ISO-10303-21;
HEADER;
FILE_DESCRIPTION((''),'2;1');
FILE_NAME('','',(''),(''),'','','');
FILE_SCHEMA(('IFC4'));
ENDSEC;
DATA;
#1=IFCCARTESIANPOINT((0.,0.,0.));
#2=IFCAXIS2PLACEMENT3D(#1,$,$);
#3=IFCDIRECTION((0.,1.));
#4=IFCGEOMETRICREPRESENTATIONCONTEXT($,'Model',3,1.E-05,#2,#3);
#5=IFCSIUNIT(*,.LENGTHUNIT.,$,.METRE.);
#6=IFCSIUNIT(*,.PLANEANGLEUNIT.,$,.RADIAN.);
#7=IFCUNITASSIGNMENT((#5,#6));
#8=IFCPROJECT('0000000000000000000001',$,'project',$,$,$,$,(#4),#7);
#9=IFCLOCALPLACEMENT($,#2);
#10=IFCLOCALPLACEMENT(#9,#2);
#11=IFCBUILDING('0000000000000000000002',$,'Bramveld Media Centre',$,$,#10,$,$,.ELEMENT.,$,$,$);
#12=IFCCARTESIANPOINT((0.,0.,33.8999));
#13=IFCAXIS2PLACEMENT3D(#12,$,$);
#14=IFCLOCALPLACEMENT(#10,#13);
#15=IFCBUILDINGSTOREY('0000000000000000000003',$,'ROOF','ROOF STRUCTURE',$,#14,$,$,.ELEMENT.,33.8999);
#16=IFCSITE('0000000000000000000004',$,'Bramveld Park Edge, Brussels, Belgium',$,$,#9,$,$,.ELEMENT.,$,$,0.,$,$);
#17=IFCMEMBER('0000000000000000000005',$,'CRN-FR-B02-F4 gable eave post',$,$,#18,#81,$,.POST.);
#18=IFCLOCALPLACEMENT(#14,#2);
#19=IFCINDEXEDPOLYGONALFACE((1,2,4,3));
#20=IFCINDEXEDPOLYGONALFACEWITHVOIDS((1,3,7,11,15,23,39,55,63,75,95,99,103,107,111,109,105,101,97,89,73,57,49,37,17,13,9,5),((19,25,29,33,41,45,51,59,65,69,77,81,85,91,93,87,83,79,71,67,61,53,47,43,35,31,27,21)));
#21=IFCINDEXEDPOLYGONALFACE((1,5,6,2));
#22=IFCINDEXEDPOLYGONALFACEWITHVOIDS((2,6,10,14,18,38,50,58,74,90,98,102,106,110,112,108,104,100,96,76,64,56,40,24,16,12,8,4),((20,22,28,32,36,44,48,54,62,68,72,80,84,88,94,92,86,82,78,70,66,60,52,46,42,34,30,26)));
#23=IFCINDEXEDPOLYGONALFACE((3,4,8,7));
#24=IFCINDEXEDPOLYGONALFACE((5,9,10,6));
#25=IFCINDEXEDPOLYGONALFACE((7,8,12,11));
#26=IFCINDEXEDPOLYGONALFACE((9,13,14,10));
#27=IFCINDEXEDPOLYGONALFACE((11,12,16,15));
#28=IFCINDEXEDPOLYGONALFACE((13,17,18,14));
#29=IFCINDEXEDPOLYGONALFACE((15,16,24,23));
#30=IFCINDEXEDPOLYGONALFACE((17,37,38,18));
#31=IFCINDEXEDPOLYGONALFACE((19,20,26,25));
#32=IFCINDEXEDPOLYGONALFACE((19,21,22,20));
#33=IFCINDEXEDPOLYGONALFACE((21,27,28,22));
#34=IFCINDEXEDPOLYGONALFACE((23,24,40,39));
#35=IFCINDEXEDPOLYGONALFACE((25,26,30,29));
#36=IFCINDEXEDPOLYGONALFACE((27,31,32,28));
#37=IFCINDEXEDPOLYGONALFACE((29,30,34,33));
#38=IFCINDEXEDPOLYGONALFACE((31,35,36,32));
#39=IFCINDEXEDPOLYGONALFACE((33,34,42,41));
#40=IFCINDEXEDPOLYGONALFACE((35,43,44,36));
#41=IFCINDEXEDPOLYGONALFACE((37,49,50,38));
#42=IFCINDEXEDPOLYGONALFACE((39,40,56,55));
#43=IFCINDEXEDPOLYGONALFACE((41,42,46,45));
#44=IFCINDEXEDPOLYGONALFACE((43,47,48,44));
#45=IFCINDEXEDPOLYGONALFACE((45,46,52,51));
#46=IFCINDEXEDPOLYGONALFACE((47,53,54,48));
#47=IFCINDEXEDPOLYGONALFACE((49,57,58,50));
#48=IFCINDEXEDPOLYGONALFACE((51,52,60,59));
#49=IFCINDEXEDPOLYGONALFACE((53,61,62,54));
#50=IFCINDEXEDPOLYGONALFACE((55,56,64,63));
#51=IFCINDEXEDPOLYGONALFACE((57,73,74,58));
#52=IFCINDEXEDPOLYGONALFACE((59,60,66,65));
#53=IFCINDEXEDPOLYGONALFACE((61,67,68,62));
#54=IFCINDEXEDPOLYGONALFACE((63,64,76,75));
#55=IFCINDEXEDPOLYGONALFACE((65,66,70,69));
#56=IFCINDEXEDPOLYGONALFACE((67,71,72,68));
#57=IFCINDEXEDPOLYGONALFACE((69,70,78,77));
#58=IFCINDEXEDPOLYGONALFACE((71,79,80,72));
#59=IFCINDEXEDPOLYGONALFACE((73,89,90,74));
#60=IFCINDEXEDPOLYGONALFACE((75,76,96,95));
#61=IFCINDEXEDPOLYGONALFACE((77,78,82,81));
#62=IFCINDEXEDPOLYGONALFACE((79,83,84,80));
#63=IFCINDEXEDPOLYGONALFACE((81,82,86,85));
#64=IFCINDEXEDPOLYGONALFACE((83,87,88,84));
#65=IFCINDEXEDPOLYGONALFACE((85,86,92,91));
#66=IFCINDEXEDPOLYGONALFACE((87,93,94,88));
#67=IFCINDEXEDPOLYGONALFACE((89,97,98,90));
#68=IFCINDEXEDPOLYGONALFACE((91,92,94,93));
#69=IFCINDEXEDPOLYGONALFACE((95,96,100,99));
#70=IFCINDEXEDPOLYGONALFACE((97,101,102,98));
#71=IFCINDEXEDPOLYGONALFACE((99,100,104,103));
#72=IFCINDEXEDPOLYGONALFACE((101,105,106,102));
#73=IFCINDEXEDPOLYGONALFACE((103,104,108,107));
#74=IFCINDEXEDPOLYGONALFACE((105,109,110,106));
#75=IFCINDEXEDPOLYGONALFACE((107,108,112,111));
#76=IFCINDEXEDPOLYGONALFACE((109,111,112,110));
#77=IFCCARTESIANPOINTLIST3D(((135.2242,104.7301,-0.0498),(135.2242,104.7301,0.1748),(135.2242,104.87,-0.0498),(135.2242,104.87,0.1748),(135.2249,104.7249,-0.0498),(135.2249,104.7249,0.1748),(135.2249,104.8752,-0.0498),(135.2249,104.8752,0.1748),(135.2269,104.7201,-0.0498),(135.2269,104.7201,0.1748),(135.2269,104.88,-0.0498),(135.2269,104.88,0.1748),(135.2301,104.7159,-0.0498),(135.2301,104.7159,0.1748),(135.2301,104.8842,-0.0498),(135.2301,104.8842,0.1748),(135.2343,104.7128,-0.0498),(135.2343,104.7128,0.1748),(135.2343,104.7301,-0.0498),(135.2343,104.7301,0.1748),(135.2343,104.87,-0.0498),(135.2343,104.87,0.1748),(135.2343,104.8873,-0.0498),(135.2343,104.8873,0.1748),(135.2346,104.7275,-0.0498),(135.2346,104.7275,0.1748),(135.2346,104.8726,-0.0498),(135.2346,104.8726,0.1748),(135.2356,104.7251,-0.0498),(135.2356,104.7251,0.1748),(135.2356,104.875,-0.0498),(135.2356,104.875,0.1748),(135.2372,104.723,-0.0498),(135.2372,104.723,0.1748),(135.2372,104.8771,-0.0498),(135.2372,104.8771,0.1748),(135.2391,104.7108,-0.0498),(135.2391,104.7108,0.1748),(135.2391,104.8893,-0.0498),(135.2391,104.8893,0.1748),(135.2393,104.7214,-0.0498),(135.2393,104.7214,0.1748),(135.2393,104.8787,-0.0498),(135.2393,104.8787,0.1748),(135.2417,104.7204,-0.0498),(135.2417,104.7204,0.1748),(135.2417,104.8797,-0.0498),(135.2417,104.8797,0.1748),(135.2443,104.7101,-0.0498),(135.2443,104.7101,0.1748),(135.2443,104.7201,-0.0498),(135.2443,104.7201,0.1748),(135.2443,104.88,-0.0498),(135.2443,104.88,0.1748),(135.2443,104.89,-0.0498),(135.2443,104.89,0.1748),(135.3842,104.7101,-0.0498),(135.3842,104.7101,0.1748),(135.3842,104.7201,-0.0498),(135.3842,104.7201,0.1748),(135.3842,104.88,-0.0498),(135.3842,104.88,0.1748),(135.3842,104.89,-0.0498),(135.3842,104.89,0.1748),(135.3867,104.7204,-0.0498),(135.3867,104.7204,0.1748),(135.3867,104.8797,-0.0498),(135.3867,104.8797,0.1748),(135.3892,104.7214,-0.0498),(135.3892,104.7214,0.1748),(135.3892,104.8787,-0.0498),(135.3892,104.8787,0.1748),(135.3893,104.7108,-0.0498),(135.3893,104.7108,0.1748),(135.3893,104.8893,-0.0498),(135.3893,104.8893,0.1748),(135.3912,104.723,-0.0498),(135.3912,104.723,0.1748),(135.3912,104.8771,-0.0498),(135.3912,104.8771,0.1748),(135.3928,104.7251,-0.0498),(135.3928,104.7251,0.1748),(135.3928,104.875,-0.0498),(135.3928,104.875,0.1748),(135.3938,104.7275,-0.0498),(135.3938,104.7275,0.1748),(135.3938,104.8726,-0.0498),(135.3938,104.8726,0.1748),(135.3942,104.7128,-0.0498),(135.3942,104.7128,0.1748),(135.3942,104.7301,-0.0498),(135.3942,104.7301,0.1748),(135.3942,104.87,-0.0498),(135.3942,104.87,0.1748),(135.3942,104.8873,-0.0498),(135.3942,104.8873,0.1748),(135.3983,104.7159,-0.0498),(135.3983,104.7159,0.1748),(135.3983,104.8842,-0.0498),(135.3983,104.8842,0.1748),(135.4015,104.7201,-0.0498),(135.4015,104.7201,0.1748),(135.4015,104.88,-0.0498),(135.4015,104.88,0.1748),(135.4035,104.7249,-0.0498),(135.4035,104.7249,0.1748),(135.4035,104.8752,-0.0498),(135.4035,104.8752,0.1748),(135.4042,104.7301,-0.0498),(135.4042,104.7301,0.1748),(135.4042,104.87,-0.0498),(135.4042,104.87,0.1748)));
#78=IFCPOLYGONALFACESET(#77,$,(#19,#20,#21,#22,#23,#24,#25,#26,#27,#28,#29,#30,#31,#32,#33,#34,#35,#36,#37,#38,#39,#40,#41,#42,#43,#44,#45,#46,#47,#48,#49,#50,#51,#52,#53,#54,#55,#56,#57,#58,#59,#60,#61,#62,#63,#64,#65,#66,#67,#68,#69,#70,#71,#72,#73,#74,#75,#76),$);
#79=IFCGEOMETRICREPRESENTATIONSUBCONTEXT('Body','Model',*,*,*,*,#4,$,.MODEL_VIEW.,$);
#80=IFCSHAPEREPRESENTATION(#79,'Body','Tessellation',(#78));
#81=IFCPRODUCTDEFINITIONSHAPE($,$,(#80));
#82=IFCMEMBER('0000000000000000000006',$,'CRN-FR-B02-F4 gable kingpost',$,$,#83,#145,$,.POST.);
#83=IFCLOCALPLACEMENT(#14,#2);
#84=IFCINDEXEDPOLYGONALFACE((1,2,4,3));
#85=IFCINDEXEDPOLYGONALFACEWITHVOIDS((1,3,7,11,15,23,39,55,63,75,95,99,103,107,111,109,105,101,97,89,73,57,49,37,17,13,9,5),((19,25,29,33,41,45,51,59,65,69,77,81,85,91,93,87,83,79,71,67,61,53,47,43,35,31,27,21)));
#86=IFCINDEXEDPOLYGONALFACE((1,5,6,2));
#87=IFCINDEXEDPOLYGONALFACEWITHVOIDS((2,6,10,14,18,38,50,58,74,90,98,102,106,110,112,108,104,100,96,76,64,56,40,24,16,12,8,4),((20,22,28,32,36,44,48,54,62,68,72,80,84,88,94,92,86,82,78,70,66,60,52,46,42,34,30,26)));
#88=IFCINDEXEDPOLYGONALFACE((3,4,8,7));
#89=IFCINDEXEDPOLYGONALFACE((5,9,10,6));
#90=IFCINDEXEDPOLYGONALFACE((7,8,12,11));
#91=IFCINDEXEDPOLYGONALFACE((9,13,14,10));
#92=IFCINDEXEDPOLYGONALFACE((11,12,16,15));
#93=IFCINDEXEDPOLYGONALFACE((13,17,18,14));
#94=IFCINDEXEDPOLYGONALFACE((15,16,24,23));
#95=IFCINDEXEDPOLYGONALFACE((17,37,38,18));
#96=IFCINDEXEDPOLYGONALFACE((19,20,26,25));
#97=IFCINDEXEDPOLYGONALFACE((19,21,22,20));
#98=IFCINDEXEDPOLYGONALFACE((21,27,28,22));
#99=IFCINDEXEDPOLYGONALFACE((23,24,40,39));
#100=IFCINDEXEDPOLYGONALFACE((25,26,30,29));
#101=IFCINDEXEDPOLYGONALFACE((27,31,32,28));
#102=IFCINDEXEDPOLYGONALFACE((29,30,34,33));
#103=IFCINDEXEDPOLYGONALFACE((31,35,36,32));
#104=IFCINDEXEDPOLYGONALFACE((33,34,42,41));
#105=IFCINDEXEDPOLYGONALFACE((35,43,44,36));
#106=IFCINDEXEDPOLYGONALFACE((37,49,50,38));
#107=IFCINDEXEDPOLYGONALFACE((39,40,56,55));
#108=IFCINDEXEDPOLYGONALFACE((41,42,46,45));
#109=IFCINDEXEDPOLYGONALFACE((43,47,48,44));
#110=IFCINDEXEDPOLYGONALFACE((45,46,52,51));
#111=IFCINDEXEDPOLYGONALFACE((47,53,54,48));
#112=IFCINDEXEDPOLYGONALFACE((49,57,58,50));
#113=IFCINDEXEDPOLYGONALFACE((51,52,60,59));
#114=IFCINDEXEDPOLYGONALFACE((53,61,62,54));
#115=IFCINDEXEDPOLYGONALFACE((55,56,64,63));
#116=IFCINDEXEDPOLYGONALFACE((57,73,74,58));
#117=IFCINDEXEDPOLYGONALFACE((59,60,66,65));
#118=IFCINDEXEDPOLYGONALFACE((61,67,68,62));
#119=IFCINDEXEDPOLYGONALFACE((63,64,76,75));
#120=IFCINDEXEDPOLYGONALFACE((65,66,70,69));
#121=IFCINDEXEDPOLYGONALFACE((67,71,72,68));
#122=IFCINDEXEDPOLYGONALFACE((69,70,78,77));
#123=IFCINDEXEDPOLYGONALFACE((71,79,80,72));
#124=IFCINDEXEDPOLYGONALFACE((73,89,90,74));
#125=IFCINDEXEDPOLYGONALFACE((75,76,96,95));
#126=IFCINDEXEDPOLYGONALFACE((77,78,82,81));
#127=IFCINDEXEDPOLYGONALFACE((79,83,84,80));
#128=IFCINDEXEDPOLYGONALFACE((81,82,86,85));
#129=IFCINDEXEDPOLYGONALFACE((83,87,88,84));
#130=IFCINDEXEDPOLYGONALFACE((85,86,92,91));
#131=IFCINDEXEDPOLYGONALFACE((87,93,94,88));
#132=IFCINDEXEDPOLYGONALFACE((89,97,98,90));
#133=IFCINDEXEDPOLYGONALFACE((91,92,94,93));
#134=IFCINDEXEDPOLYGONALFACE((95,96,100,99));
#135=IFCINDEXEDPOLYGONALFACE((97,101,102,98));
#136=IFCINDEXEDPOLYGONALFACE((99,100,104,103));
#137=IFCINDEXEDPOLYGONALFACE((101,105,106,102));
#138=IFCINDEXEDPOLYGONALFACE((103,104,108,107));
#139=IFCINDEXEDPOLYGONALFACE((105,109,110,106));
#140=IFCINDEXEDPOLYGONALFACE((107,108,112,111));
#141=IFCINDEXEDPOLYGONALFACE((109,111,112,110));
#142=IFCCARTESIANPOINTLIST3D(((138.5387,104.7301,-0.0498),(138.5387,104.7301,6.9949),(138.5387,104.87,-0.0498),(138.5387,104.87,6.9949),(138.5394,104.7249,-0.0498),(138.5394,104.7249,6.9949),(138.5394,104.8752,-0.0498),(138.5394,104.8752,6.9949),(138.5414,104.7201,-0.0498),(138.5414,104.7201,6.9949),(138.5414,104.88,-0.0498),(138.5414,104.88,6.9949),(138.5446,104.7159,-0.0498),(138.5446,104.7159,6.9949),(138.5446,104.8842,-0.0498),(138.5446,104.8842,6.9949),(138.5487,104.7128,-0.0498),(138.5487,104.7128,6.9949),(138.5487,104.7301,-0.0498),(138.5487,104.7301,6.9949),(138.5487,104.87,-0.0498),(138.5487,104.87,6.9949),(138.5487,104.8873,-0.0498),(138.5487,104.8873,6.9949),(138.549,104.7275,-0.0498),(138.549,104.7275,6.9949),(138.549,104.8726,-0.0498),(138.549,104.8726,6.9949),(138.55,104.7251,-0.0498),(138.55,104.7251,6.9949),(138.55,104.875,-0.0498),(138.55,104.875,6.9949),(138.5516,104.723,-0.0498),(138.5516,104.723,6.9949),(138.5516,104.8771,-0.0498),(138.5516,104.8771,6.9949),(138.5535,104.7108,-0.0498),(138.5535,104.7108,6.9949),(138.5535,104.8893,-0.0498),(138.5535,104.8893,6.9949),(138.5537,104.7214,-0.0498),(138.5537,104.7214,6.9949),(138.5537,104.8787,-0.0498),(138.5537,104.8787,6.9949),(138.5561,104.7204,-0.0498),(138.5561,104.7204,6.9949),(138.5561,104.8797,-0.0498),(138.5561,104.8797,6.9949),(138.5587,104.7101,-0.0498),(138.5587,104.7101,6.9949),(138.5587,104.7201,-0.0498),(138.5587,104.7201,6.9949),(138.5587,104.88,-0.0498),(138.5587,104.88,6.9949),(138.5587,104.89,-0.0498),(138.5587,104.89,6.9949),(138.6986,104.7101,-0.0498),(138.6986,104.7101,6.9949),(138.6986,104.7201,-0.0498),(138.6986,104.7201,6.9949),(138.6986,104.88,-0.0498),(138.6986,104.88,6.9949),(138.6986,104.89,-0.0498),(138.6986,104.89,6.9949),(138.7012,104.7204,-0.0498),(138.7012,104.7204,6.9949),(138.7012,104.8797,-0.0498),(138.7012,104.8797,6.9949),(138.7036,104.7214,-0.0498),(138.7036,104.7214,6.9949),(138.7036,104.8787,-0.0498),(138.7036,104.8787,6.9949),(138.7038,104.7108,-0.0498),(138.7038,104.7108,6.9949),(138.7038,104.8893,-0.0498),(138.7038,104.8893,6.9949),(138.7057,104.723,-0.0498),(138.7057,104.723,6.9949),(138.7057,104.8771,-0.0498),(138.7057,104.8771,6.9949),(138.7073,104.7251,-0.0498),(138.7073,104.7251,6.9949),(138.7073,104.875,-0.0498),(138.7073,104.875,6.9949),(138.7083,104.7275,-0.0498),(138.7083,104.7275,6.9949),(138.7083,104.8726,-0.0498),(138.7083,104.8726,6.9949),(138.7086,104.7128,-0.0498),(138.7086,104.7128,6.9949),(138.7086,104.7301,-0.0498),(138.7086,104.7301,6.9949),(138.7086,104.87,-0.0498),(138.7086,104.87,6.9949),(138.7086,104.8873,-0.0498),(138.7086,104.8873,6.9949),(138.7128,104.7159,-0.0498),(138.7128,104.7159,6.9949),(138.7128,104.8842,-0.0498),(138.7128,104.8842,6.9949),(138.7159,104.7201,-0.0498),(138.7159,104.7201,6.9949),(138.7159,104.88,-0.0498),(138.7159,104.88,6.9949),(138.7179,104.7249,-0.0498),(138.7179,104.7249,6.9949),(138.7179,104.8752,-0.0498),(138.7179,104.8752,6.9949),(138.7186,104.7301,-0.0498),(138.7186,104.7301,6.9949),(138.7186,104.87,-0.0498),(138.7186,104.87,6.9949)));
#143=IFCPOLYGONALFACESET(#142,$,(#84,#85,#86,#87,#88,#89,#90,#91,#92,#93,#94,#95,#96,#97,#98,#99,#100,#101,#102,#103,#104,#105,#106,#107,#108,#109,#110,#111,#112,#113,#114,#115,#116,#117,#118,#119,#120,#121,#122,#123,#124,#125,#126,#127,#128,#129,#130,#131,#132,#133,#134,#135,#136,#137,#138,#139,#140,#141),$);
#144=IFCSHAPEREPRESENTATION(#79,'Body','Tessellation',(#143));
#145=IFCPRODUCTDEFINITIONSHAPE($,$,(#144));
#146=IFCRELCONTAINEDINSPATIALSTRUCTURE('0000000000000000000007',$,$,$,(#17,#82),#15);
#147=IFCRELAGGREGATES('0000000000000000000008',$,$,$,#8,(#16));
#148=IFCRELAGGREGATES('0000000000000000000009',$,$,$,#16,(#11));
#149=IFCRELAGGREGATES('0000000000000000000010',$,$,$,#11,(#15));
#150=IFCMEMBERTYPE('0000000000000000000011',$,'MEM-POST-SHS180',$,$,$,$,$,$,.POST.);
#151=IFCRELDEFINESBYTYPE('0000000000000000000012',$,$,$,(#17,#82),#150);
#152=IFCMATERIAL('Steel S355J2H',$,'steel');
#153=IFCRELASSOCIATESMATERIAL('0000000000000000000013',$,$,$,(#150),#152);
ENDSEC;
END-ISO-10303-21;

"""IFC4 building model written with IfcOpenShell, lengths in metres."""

from ifc_helpers import new_model, si_unit, direction, frame, origin, origin_2d, place, context, subcontext, project, spatial, hollow_rectangle, extrude, material, material_profile, profile_set, type_object, element, save


model = new_model("IFC4")

# Units and contexts
model_context = context("Model", 3, precision=1e-05, world=origin(), true_north=direction((0.0, 1.0)))
body_context = subcontext(model_context, "Body", "Model", "MODEL_VIEW")
ifc_project = project(units=[si_unit("LENGTHUNIT", "METRE"), si_unit("PLANEANGLEUNIT", "RADIAN")], contexts=[model_context])

# Site, building, storey
site_placement = place(None, origin())
site = spatial("IfcSite", under=ifc_project, at=site_placement, Name="Bramveld Park Edge, Brussels, Belgium", CompositionType="ELEMENT", RefElevation=0.0)
building_placement = place(site_placement, origin())
building = spatial("IfcBuilding", under=site, at=building_placement, Name="Bramveld Media Centre", CompositionType="ELEMENT")
storey_placement = place(building_placement, frame((0.0, 0.0, 33.8999)))
storey = spatial("IfcBuildingStorey", under=building, at=storey_placement, Name="ROOF", Description="ROOF STRUCTURE", CompositionType="ELEMENT", Elevation=33.8999)

# Members
ifc_material_1 = material(Name="Steel S355J2H", Category="steel")
ifc_material_profile_1 = material_profile(ifc_material_1, hollow_rectangle(XDim=0.1799, YDim=0.1799, WallThickness=0.01, InnerFilletRadius=0.01, OuterFilletRadius=0.02, at=origin_2d()), Name="SHS 180x180x10")
ifc_profile_set_1 = profile_set([ifc_material_profile_1], Name="Steel S355J2H")
member_type_1 = type_object("IfcMemberType", Name="MEM-POST-SHS180", PredefinedType="POST", material=ifc_profile_set_1)
member_1_placement = place(storey_placement, frame((135.3142, 104.8, -0.0498), z_axis=(0.0, 0.0, 1.0), x_axis=(1.0, 0.0, 0.0)))
element("IfcMember", 1, at=member_1_placement, inside=storey, type_object=member_type_1, Name="CRN-FR-B02-F4 gable eave post", PredefinedType="POST", context=body_context, shape_type="SweptSolid", body=[
    extrude(hollow_rectangle(XDim=0.1799, YDim=0.1799, WallThickness=0.01, InnerFilletRadius=0.01, OuterFilletRadius=0.02, at=origin_2d()), origin(), (0.0, 0.0, 1.0), 0.2246),
])
member_2_placement = place(storey_placement, frame((138.6287, 104.8, -0.0498), z_axis=(0.0, 0.0, 1.0), x_axis=(1.0, 0.0, 0.0)))
element("IfcMember", 2, at=member_2_placement, inside=storey, type_object=member_type_1, Name="CRN-FR-B02-F4 gable kingpost", PredefinedType="POST", context=body_context, shape_type="SweptSolid", body=[
    extrude(hollow_rectangle(XDim=0.1799, YDim=0.1799, WallThickness=0.01, InnerFilletRadius=0.01, OuterFilletRadius=0.02, at=origin_2d()), origin(), (0.0, 0.0, 1.0), 7.0447),
])

save(model, "model.ifc")
